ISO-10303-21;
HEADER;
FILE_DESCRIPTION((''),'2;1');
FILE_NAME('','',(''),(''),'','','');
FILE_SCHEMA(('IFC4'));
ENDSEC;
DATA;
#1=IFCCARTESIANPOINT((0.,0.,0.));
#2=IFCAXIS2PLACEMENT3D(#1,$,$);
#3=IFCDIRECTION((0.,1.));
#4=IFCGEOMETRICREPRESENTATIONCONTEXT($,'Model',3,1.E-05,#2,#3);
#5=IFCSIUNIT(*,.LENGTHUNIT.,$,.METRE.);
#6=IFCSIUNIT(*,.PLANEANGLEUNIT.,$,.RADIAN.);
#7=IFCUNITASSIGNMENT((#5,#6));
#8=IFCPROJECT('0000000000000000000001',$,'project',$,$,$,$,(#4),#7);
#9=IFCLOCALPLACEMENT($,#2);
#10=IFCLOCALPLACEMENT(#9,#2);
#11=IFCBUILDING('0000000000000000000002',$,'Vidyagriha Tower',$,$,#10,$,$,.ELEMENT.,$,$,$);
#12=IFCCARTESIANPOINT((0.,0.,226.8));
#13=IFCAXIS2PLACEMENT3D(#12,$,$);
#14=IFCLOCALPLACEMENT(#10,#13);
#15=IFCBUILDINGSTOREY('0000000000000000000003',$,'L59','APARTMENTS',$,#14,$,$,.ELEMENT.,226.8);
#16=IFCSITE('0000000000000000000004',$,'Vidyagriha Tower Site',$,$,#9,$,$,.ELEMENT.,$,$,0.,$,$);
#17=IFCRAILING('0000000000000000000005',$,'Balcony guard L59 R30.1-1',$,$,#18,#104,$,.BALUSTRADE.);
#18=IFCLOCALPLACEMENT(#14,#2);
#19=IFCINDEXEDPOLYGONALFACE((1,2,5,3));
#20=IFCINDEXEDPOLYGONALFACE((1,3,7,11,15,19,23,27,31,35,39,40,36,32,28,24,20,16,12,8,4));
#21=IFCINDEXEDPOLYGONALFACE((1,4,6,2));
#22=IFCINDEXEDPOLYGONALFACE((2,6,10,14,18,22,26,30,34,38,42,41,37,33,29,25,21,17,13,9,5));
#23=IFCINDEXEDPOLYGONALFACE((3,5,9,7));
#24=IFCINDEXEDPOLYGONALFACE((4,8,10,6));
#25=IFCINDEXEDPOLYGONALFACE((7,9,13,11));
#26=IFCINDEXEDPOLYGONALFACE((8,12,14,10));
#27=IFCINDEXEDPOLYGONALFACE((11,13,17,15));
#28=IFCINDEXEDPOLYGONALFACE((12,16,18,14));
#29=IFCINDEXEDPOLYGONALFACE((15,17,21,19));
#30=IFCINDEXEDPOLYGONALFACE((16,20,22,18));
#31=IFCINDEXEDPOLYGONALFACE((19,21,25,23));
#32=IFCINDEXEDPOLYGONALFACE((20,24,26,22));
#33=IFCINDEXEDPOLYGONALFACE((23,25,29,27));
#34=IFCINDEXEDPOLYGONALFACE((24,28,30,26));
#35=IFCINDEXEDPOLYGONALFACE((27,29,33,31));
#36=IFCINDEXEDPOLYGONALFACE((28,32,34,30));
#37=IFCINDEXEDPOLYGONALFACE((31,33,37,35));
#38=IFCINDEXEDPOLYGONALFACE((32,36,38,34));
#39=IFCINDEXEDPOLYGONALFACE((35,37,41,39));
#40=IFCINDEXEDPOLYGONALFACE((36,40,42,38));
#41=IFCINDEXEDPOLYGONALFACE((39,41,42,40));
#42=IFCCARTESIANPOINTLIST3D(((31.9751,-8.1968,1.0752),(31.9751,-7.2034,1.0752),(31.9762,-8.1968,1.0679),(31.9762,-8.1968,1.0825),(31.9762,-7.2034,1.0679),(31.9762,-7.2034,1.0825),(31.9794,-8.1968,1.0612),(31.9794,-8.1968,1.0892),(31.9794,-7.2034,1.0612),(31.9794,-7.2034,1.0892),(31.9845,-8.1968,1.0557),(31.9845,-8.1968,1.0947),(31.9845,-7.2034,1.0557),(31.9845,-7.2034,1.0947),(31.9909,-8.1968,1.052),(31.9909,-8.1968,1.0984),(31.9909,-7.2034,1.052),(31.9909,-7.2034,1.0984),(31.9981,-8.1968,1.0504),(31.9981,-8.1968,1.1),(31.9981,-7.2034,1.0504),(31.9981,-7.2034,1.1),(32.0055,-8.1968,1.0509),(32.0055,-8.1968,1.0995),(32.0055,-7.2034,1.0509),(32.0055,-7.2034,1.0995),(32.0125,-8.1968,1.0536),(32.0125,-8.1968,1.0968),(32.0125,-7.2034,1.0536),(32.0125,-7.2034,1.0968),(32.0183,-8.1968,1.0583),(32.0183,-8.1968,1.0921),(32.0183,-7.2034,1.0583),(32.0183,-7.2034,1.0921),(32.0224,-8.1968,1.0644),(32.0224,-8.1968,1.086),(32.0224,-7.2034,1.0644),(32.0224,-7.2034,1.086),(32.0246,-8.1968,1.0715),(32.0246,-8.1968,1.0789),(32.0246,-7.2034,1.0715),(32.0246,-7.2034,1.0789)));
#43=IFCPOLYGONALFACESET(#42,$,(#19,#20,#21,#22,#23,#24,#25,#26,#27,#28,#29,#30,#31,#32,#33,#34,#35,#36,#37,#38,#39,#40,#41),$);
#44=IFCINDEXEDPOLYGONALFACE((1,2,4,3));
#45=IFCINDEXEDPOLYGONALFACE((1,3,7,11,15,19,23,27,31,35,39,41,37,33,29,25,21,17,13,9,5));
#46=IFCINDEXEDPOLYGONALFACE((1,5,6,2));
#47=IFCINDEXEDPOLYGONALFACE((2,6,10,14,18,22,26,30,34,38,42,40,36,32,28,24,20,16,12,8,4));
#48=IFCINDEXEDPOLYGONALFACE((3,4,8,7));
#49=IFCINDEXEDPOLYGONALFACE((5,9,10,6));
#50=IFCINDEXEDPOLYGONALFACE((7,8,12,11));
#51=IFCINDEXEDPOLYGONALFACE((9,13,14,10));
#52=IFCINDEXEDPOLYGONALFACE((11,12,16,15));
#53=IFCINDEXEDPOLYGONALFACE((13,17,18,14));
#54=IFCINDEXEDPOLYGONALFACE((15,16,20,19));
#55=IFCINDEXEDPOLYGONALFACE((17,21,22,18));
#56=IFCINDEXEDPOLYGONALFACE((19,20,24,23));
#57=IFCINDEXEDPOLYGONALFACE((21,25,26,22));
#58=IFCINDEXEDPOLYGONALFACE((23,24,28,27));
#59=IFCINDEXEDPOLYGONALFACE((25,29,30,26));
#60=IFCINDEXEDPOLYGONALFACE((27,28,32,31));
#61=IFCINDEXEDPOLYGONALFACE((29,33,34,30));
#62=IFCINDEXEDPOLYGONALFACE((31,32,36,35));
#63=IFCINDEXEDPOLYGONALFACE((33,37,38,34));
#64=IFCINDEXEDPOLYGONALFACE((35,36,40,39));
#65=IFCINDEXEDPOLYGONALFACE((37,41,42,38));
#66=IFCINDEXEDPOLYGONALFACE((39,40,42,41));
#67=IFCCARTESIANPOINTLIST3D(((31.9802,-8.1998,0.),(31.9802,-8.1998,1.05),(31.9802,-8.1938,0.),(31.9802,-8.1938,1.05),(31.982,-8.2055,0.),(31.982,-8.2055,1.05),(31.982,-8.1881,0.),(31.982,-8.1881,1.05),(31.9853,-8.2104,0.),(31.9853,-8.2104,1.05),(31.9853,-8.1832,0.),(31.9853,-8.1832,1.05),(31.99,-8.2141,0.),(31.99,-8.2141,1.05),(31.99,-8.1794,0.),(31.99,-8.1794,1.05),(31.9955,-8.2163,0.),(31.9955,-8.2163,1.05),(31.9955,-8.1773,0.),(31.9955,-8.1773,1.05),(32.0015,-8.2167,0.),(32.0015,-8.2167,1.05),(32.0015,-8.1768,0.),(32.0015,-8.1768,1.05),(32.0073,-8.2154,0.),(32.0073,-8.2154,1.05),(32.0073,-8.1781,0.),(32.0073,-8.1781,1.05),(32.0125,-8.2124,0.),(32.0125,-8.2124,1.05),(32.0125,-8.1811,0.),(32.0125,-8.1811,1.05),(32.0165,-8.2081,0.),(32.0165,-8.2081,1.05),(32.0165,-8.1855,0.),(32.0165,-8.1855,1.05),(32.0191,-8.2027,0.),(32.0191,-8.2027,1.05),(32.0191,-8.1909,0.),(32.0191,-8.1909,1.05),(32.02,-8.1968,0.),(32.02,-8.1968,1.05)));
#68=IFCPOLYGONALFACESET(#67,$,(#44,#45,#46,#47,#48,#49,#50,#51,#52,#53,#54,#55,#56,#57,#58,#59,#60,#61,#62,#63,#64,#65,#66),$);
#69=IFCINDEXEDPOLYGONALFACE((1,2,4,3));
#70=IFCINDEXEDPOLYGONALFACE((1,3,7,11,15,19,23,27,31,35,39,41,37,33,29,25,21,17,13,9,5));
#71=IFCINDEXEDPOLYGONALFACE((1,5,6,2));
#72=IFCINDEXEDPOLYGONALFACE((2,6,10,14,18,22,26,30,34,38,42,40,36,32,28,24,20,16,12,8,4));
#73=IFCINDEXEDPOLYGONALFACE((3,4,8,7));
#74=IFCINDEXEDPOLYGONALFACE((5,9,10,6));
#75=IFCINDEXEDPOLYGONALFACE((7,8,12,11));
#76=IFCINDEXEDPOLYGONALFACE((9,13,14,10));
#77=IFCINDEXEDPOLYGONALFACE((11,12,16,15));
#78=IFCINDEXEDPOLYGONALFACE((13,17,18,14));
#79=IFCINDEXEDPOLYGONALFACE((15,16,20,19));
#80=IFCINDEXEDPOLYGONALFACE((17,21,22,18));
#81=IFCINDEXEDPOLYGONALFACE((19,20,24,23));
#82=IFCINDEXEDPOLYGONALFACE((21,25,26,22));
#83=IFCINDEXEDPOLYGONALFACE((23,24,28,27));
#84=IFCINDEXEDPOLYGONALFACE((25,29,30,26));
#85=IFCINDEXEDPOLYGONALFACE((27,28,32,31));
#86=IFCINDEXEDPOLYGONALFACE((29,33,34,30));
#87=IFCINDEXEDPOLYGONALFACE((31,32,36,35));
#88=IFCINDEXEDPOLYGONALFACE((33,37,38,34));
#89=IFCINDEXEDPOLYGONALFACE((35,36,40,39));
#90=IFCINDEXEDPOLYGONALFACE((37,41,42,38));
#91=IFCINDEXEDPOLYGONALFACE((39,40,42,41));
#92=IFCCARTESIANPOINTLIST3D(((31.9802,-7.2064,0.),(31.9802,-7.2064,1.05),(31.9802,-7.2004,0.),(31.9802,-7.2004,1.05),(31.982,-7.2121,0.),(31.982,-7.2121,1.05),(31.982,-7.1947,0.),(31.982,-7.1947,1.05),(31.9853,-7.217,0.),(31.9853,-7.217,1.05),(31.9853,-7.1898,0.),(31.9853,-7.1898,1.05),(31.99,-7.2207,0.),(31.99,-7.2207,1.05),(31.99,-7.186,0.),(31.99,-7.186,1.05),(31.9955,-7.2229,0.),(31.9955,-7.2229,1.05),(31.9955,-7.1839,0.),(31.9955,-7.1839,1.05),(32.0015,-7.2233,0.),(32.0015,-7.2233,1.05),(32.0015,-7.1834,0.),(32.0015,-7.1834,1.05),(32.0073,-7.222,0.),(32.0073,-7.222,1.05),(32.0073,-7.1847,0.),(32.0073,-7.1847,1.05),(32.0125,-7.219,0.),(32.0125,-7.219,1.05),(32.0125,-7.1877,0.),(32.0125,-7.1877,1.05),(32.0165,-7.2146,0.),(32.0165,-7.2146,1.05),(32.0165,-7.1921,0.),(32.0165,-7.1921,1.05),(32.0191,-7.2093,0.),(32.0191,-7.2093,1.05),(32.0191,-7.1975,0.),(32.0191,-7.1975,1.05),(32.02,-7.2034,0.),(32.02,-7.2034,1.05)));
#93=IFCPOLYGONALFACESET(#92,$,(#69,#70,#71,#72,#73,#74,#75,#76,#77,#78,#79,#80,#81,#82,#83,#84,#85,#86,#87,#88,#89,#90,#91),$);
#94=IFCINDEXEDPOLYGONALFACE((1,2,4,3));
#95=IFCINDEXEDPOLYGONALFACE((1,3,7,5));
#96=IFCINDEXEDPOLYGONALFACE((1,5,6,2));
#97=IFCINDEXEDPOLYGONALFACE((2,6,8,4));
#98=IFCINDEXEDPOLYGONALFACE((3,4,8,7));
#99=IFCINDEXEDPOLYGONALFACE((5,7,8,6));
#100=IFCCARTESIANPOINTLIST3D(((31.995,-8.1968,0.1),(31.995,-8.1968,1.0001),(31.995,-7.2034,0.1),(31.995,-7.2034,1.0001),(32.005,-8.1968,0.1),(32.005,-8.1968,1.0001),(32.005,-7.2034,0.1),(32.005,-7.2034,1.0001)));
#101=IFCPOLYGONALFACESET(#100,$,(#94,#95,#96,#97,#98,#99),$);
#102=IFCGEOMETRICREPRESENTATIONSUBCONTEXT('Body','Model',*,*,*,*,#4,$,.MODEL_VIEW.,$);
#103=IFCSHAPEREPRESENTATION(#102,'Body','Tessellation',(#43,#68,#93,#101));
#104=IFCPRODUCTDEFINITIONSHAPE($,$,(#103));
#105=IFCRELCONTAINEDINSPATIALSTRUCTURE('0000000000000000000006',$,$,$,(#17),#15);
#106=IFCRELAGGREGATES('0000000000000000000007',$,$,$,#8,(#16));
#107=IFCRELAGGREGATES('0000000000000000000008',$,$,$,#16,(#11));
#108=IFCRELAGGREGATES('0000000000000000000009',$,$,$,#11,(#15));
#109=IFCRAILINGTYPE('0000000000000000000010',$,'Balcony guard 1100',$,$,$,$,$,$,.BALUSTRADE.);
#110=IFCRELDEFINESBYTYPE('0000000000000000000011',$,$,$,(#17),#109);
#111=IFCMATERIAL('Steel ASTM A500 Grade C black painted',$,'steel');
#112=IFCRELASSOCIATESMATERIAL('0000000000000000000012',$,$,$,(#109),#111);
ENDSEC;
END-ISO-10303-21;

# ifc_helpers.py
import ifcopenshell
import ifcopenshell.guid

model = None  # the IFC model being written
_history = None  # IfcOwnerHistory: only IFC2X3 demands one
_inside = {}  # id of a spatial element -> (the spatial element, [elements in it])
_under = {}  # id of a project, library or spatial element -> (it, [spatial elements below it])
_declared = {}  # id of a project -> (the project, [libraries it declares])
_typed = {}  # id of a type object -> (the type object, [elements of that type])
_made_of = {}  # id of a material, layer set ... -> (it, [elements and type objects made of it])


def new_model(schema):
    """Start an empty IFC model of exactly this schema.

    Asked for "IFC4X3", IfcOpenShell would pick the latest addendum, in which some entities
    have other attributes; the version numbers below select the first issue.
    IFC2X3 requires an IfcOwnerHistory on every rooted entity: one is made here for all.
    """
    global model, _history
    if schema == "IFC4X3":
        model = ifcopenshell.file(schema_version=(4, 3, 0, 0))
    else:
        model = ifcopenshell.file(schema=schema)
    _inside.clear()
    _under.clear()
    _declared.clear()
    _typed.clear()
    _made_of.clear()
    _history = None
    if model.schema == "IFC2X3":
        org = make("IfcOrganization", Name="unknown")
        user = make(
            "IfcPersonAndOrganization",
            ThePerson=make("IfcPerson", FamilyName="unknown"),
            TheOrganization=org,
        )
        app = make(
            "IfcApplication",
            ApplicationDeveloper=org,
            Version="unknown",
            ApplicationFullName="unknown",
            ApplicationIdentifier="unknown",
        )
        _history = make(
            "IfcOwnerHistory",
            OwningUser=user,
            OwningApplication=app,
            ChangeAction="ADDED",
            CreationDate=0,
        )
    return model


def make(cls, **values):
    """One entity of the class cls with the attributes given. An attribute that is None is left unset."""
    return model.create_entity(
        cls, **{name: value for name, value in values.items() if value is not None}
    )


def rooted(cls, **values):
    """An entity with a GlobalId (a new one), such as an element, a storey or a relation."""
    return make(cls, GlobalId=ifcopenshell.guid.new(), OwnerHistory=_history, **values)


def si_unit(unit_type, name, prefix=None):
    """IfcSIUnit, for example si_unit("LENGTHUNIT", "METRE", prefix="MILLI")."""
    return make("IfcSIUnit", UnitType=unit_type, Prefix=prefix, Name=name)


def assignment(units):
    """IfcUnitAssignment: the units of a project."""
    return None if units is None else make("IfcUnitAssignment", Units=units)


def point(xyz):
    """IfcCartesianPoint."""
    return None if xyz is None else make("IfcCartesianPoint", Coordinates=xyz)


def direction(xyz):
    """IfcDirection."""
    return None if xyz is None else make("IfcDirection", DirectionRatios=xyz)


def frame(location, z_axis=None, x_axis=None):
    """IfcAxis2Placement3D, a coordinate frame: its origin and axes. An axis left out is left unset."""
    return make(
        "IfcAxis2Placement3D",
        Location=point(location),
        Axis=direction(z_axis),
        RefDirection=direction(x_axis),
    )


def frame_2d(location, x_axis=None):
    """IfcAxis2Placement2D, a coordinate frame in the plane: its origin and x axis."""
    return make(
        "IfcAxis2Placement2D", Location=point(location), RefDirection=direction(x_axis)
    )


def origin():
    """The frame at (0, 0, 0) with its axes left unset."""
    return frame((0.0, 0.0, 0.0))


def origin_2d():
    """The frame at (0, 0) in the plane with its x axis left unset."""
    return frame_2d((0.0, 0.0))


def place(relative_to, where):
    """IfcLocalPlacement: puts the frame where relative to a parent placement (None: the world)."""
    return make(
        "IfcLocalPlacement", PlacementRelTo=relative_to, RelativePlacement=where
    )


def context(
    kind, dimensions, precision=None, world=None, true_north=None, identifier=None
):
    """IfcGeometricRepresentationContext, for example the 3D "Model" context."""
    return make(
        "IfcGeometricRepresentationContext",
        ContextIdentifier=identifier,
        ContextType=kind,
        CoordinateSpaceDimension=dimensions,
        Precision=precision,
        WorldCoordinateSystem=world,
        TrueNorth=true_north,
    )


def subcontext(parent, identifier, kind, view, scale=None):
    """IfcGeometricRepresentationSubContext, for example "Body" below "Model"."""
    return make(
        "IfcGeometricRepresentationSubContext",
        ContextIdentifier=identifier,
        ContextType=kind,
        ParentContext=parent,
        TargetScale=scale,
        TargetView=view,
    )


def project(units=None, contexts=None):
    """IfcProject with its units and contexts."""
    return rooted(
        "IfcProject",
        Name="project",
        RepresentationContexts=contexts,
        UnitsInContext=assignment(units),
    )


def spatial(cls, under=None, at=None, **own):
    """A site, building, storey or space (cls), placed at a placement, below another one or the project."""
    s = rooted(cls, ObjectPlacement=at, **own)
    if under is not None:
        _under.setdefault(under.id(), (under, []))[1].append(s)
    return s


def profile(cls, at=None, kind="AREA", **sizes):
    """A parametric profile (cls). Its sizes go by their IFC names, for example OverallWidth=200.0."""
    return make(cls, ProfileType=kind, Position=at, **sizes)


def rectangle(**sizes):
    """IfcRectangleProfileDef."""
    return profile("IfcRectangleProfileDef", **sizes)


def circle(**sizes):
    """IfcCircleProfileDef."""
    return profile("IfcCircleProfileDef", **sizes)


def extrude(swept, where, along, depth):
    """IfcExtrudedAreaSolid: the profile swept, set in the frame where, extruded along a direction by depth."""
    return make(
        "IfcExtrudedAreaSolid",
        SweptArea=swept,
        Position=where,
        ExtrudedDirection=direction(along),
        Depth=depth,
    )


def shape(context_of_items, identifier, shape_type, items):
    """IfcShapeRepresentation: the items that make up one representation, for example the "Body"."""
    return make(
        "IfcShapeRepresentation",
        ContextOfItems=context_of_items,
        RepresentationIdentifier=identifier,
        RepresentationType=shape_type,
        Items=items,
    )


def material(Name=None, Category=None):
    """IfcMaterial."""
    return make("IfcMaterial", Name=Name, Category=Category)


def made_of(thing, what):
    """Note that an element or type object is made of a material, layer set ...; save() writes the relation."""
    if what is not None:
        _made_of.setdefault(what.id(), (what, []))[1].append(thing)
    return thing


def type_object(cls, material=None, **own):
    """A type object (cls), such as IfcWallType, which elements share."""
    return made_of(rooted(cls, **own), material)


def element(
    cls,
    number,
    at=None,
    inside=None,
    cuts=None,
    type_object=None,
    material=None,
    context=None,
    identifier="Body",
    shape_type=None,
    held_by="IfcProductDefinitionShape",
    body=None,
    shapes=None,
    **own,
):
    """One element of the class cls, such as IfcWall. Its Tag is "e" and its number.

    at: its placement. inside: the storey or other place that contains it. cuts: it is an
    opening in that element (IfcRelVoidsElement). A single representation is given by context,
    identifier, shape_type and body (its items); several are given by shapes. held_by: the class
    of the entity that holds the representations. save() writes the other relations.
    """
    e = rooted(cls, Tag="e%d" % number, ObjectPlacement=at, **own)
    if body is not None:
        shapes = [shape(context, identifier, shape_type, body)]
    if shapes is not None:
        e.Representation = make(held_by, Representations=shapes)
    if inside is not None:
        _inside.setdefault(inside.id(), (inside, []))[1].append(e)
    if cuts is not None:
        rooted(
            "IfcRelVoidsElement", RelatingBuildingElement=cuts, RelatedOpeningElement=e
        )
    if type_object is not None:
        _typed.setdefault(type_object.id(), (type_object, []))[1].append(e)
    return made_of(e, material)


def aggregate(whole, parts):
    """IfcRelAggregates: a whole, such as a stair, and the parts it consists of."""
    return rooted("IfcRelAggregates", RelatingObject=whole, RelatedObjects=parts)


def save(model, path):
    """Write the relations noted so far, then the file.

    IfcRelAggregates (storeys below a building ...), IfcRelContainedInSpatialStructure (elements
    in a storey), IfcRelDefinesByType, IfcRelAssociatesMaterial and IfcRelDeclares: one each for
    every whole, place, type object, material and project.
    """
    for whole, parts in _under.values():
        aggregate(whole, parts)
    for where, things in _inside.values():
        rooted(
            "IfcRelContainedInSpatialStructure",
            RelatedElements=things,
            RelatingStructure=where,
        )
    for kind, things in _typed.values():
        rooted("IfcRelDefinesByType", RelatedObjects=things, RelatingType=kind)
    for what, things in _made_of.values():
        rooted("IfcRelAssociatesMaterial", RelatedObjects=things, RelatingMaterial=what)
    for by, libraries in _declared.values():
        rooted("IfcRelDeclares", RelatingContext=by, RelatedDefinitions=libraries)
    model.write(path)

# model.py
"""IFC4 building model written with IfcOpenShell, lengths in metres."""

from ifc_helpers import new_model, si_unit, direction, frame, origin, origin_2d, place, context, subcontext, project, spatial, rectangle, circle, extrude, material, type_object, element, save


model = new_model("IFC4")

# Units and contexts
model_context = context("Model", 3, precision=1e-05, world=origin(), true_north=direction((0.0, 1.0)))
body_context = subcontext(model_context, "Body", "Model", "MODEL_VIEW")
ifc_project = project(units=[si_unit("LENGTHUNIT", "METRE"), si_unit("PLANEANGLEUNIT", "RADIAN")], contexts=[model_context])

# Site, building, storey
site_placement = place(None, origin())
site = spatial("IfcSite", under=ifc_project, at=site_placement, Name="Vidyagriha Tower Site", CompositionType="ELEMENT", RefElevation=0.0)
building_placement = place(site_placement, origin())
building = spatial("IfcBuilding", under=site, at=building_placement, Name="Vidyagriha Tower", CompositionType="ELEMENT")
storey_placement = place(building_placement, frame((0.0, 0.0, 226.8)))
storey = spatial("IfcBuildingStorey", under=building, at=storey_placement, Name="L59", Description="APARTMENTS", CompositionType="ELEMENT", Elevation=226.8)

# Railing
ifc_material_1 = material(Name="Steel ASTM A500 Grade C black painted", Category="steel")
railing_type = type_object("IfcRailingType", Name="Balcony guard 1100", PredefinedType="BALUSTRADE", material=ifc_material_1)
railing_1_placement = place(storey_placement, frame((32.0, -8.1968, 0.0)))
element("IfcRailing", 1, at=railing_1_placement, inside=storey, type_object=railing_type, Name="Balcony guard L59 R30.1-1", PredefinedType="BALUSTRADE", context=body_context, shape_type="SweptSolid", body=[
    extrude(circle(Radius=0.0249, at=origin_2d()), frame((0.0, 0.0, 1.0752), z_axis=(0.0, 1.0, 0.0), x_axis=(-1.0, 0.0, 0.0)), (0.0, 0.0, 1.0), 0.9934),
    extrude(circle(Radius=0.02, at=origin_2d()), origin(), (0.0, 0.0, 1.0), 1.05),
    extrude(circle(Radius=0.02, at=origin_2d()), frame((0.0, 0.9934, 0.0)), (0.0, 0.0, 1.0), 1.05),
    extrude(rectangle(XDim=0.01, YDim=0.9001, at=origin_2d()), frame((0.0, 0.0, 0.55), z_axis=(0.0, 1.0, 0.0), x_axis=(-1.0, 0.0, 0.0)), (0.0, 0.0, 1.0), 0.9934),
])

save(model, "model.ifc")
